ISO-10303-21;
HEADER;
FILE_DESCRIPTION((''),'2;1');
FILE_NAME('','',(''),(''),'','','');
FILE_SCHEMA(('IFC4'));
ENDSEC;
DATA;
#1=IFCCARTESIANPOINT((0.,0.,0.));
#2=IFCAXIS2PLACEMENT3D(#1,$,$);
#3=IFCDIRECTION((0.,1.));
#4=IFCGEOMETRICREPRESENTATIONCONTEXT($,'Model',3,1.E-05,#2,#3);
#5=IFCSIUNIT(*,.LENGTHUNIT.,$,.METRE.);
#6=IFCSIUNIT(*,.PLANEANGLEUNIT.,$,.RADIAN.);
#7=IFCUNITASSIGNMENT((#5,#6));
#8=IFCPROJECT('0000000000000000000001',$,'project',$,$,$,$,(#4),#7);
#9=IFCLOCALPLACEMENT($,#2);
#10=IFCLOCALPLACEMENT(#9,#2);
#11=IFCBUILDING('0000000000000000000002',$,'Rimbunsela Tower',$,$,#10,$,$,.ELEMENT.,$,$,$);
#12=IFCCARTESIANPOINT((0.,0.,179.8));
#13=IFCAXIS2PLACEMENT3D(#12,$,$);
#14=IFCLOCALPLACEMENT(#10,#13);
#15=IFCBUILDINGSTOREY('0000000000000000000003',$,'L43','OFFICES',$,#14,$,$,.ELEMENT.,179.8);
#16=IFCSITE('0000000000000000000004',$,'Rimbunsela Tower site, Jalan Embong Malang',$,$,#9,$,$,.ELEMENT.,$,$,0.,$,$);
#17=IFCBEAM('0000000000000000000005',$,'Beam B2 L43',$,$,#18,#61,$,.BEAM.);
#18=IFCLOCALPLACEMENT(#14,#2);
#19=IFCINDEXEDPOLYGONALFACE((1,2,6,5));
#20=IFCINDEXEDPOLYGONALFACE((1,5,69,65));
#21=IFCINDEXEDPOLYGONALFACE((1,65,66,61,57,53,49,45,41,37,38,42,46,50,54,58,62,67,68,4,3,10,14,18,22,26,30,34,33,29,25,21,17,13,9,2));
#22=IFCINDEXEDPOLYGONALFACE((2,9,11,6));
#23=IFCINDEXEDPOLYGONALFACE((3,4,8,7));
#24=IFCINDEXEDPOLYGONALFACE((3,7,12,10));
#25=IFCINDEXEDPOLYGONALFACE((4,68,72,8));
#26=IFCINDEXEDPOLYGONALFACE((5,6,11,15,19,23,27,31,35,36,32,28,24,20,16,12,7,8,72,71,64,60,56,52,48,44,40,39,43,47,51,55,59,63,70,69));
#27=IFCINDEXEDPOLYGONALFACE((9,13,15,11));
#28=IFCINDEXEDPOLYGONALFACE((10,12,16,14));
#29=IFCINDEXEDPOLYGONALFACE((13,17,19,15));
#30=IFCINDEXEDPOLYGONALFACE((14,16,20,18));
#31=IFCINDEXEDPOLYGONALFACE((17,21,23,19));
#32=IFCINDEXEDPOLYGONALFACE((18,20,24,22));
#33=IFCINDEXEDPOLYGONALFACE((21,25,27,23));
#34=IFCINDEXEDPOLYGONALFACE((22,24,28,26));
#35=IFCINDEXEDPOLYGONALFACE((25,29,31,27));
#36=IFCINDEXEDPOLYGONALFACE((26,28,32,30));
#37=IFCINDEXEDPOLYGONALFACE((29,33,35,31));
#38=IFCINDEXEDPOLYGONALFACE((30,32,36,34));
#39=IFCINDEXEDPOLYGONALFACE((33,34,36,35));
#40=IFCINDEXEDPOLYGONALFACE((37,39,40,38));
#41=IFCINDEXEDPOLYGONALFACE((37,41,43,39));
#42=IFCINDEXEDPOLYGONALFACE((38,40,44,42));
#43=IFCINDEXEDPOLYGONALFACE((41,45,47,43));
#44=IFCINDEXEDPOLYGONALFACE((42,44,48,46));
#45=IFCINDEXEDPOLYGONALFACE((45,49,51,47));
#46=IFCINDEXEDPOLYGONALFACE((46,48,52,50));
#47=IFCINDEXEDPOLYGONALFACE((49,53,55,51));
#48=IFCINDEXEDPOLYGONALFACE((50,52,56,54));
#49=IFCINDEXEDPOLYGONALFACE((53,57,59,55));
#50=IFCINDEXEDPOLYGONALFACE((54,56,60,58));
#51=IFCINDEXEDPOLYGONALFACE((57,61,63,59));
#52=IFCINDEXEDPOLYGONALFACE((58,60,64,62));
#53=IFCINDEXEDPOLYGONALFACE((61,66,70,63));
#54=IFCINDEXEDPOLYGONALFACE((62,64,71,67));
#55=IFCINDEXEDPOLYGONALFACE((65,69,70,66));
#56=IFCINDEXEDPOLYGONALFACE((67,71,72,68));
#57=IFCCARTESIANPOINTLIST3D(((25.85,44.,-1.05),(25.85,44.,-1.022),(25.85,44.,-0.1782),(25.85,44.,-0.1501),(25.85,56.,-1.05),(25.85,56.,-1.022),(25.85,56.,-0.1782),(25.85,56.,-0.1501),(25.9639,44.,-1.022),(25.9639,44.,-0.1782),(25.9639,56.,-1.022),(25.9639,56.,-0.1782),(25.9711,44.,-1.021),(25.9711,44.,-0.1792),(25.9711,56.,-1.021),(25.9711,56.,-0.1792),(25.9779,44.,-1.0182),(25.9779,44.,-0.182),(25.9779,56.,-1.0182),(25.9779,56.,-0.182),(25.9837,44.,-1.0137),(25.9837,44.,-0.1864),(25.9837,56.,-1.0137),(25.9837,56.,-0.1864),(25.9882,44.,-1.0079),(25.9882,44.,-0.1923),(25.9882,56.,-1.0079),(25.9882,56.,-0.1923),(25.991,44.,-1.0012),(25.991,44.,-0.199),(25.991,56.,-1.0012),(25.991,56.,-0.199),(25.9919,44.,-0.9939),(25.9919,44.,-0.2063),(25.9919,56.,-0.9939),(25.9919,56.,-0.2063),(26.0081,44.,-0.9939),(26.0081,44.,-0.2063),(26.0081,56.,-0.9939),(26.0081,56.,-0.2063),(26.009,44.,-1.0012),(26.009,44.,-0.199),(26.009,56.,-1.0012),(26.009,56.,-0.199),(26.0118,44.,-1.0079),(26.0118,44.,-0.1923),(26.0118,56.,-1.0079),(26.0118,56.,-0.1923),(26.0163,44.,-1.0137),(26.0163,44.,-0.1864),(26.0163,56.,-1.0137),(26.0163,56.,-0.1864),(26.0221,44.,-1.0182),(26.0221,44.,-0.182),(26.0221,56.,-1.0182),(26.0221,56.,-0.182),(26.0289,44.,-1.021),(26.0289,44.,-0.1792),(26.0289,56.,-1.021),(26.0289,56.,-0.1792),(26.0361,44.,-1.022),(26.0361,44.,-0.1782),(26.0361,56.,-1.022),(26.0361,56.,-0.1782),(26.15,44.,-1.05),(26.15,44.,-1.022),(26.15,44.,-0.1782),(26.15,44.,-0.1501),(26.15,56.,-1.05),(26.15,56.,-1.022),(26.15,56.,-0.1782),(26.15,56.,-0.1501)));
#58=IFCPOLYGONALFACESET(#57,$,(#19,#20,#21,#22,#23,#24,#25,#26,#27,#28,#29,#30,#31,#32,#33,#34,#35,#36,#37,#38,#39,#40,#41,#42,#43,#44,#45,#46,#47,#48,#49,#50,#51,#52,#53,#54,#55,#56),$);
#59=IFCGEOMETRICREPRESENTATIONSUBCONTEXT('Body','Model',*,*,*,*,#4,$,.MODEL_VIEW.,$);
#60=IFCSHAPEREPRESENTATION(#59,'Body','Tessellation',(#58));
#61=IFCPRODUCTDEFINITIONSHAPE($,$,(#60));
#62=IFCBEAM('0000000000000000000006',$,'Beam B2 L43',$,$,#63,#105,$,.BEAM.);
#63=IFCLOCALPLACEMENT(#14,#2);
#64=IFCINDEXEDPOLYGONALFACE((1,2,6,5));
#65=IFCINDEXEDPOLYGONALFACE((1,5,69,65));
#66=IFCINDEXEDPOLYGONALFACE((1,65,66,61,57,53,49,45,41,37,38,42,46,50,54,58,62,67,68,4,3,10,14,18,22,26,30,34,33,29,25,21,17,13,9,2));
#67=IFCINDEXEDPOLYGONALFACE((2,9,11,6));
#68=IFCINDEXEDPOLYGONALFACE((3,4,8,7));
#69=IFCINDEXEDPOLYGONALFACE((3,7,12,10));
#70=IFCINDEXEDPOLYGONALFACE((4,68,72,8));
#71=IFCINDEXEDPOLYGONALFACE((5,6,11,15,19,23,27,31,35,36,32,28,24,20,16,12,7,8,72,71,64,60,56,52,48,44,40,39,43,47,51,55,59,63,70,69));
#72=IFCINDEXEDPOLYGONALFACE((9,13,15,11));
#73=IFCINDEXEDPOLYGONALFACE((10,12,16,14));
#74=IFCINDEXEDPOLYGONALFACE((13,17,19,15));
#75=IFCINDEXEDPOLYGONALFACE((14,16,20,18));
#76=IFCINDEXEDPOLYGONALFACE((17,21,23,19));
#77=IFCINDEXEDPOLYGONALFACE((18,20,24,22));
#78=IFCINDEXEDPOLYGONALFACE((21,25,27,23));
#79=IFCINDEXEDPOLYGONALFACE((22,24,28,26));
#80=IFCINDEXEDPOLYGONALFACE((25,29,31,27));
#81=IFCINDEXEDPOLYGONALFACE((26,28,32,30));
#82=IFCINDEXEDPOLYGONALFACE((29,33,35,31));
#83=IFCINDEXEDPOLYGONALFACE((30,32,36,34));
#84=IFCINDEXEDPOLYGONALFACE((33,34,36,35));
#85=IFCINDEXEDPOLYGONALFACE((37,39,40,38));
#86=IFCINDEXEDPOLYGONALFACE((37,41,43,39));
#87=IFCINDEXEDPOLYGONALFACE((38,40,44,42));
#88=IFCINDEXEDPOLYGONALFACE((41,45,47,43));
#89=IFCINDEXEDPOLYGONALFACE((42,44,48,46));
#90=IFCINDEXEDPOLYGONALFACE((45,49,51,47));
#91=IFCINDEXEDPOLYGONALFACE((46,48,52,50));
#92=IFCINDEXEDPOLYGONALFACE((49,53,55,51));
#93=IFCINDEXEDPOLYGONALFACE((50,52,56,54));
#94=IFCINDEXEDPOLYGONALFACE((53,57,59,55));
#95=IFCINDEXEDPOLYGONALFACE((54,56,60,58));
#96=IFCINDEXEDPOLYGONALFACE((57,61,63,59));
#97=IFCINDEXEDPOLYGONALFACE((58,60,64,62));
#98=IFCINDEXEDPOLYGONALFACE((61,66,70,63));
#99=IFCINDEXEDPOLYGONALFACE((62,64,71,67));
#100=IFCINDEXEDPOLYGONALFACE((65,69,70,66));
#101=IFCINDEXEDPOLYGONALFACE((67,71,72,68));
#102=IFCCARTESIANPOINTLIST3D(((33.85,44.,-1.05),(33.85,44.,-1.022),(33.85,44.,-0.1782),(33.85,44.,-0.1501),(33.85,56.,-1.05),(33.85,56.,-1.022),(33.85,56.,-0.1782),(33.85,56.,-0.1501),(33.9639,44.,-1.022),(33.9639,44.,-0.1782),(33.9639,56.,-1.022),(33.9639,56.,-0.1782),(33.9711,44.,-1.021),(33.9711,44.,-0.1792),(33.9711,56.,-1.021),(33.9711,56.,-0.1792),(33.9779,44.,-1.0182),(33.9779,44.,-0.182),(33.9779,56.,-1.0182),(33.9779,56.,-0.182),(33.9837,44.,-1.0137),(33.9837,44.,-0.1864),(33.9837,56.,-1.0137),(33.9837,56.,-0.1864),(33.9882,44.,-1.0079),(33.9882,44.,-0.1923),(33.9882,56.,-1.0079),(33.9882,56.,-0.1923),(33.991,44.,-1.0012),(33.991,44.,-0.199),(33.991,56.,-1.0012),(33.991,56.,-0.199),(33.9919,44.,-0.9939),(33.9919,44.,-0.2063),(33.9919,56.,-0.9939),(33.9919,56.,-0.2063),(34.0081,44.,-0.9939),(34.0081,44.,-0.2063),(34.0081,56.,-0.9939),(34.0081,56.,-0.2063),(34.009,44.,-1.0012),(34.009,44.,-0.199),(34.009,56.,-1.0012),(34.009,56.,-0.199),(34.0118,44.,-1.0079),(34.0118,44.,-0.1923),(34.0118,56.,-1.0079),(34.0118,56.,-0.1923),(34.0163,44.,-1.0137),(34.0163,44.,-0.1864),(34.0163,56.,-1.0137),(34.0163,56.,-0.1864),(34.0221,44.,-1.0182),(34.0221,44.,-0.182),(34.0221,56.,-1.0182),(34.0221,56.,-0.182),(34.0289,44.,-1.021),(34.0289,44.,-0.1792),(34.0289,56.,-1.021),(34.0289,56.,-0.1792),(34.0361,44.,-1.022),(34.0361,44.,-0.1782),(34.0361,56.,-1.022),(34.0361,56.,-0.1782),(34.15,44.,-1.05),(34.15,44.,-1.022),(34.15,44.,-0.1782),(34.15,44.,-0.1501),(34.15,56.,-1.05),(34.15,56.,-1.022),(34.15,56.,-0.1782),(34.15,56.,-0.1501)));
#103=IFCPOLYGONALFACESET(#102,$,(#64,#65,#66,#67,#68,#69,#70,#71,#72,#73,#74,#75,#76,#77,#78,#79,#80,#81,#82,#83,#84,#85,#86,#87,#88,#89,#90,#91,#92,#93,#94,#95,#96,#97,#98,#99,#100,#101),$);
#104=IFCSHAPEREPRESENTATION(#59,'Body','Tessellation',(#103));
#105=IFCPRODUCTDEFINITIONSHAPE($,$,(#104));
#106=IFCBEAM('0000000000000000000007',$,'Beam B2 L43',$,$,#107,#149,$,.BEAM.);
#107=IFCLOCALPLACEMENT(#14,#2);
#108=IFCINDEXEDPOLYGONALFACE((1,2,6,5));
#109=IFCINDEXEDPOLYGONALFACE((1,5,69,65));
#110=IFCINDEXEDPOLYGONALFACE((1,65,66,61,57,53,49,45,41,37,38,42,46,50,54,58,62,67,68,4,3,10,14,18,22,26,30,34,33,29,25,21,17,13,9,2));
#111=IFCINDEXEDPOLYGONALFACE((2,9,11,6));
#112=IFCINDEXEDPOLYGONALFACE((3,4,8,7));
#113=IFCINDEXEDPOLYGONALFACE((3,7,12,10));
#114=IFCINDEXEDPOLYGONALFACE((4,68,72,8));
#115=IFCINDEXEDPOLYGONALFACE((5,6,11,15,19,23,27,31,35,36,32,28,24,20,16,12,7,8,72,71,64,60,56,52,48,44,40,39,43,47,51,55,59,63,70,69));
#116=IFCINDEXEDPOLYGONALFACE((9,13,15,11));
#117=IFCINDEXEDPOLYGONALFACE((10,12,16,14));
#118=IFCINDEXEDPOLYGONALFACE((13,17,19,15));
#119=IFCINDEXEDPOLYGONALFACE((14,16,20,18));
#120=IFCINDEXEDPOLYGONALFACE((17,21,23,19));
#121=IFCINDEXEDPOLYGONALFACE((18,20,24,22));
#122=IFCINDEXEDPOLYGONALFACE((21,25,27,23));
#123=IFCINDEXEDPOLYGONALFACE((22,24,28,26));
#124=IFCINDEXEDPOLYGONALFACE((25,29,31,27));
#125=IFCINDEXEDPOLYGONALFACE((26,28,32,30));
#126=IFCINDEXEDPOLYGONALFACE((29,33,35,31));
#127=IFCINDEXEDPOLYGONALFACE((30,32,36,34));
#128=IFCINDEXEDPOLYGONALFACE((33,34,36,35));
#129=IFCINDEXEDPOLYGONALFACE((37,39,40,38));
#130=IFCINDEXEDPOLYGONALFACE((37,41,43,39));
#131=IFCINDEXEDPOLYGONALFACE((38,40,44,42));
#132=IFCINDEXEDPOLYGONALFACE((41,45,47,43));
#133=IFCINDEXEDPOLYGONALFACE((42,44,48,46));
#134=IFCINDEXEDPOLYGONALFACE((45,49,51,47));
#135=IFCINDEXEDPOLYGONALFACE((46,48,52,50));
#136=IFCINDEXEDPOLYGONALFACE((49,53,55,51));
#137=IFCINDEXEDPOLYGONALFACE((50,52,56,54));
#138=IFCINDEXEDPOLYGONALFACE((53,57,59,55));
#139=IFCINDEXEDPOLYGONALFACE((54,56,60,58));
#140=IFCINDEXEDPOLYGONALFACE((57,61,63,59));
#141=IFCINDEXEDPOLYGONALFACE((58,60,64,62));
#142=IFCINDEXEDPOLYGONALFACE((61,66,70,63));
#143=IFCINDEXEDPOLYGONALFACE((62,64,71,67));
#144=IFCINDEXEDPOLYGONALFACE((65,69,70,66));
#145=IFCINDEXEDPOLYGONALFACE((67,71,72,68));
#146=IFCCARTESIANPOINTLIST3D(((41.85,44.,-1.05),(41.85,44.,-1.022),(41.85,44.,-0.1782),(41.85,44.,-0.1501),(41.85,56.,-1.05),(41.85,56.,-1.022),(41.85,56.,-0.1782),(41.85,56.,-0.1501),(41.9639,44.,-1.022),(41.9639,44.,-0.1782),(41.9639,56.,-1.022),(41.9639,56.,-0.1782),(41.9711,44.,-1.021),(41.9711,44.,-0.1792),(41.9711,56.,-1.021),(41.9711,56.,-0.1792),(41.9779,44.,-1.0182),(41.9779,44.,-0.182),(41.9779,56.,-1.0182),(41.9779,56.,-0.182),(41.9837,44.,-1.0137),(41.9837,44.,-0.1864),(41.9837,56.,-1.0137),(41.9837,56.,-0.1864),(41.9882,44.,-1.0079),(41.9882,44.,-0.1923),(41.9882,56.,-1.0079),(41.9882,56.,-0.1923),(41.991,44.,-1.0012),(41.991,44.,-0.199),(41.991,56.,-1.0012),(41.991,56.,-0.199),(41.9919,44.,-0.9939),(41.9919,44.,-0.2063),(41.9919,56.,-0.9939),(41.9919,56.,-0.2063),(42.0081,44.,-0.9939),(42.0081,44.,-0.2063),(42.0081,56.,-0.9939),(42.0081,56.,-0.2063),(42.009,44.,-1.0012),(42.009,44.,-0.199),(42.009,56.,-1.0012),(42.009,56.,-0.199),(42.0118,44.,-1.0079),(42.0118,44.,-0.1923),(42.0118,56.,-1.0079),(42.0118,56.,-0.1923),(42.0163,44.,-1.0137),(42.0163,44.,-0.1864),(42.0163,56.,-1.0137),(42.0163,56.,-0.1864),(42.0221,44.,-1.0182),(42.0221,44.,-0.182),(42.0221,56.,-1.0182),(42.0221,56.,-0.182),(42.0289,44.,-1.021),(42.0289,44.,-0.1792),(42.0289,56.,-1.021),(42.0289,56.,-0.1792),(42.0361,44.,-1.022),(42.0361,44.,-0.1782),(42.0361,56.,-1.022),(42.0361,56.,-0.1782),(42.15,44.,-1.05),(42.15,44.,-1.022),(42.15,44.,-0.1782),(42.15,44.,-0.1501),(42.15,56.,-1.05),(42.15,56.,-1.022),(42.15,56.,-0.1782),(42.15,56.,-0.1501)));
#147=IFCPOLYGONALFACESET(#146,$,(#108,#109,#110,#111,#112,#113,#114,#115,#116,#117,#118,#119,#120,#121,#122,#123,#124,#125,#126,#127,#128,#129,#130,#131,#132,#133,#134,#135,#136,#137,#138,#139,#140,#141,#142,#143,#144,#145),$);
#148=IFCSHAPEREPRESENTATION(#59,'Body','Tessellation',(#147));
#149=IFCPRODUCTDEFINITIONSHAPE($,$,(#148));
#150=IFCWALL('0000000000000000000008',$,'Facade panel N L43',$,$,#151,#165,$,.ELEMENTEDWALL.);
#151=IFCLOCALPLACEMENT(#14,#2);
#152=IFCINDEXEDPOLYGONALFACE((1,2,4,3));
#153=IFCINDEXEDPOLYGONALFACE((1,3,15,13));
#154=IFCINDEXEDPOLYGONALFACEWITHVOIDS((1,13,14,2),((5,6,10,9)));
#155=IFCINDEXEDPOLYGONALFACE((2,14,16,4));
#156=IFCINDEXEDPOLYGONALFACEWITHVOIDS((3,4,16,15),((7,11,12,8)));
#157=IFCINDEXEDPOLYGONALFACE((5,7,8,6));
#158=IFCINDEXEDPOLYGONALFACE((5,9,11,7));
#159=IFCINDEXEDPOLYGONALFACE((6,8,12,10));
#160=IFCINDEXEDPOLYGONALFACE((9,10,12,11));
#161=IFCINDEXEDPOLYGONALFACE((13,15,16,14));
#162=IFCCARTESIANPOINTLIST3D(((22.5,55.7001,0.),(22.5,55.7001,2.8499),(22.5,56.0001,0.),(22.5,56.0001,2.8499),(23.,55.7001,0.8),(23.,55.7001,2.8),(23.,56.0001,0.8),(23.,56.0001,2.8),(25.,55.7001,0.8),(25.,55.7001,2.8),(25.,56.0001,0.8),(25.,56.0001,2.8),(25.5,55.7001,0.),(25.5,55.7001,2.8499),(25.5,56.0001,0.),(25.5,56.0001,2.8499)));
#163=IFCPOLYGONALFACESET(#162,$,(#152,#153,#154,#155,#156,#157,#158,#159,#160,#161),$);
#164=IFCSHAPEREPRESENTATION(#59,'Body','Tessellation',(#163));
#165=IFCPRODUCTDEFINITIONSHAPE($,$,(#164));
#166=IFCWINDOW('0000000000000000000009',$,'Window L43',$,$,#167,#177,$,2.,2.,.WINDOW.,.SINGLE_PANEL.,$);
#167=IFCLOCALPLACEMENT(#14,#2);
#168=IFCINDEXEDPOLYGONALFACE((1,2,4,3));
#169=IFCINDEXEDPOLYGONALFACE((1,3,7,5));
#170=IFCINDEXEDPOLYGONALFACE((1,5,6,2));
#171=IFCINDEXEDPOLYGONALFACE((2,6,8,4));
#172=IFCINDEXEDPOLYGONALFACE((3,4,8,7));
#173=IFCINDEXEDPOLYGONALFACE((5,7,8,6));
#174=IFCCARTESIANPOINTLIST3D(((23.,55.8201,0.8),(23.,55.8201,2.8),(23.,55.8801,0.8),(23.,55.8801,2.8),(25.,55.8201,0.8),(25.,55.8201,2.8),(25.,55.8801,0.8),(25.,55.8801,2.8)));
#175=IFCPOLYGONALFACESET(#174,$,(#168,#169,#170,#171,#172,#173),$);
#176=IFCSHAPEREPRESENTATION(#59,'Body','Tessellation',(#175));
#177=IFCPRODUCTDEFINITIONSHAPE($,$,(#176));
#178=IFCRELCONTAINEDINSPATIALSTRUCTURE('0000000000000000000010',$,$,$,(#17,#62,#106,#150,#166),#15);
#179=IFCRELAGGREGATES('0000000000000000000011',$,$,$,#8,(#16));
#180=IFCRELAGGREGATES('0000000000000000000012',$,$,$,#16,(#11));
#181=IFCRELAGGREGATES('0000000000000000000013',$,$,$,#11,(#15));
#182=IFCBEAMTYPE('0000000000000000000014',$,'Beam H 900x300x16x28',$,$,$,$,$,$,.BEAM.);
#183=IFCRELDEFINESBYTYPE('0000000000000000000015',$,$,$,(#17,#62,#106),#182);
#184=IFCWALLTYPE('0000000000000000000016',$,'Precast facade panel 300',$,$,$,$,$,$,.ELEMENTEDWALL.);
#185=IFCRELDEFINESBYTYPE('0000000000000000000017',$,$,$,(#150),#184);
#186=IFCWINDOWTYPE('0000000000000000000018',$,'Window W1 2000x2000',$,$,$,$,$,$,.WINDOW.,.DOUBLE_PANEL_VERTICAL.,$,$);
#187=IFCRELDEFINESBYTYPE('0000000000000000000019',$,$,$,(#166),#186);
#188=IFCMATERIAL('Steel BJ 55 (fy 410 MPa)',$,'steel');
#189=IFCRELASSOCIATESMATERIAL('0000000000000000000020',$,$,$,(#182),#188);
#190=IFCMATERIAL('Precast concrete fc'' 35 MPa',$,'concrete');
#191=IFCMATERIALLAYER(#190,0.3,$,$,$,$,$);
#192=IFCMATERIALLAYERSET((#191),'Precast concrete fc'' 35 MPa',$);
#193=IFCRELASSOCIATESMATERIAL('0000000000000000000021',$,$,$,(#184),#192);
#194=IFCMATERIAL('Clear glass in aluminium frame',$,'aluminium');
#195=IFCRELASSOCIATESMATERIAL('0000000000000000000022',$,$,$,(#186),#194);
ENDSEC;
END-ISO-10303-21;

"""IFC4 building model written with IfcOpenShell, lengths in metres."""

from ifc_helpers import new_model, si_unit, direction, frame, frame_2d, origin, origin_2d, place, context, subcontext, project, spatial, rectangle, i_section, extrude, material, layer, layer_set, material_profile, profile_set, type_object, element, fill, save


model = new_model("IFC4")

# Units and contexts
model_context = context("Model", 3, precision=1e-05, world=origin(), true_north=direction((0.0, 1.0)))
body_context = subcontext(model_context, "Body", "Model", "MODEL_VIEW")
ifc_project = project(units=[si_unit("LENGTHUNIT", "METRE"), si_unit("PLANEANGLEUNIT", "RADIAN")], contexts=[model_context])

# Site, building, storey
site_placement = place(None, origin())
site = spatial("IfcSite", under=ifc_project, at=site_placement, Name="Rimbunsela Tower site, Jalan Embong Malang", CompositionType="ELEMENT", RefElevation=0.0)
building_placement = place(site_placement, origin())
building = spatial("IfcBuilding", under=site, at=building_placement, Name="Rimbunsela Tower", CompositionType="ELEMENT")
storey_placement = place(building_placement, frame((0.0, 0.0, 179.8)))
storey = spatial("IfcBuildingStorey", under=building, at=storey_placement, Name="L43", Description="OFFICES", CompositionType="ELEMENT", Elevation=179.8)

# Beams
ifc_material_1 = material(Name="Steel BJ 55 (fy 410 MPa)", Category="steel")
ifc_material_profile_1 = material_profile(ifc_material_1, i_section(OverallWidth=0.3, OverallDepth=0.8999, WebThickness=0.0161, FlangeThickness=0.0281, FilletRadius=0.0281, at=origin_2d()), Name="H 900x300x16x28")
ifc_profile_set_1 = profile_set([ifc_material_profile_1], Name="Steel BJ 55 (fy 410 MPa)")
beam_type_1 = type_object("IfcBeamType", Name="Beam H 900x300x16x28", PredefinedType="BEAM", material=ifc_profile_set_1)
for number, where, z_axis, x_axis, name in (
    (1, (26.0, 44.0, -0.6001), (0.0, 1.0, 0.0), (-1.0, 0.0, 0.0), "Beam B2 L43"),
    (2, (34.0, 44.0, -0.6001), (0.0, 1.0, 0.0), (-1.0, 0.0, 0.0), "Beam B2 L43"),
    (3, (42.0, 44.0, -0.6001), (0.0, 1.0, 0.0), (-1.0, 0.0, 0.0), "Beam B2 L43"),
):
    element("IfcBeam", number, at=place(storey_placement, frame(where, z_axis=z_axis, x_axis=x_axis)), inside=storey, type_object=beam_type_1, Name=name, PredefinedType="BEAM", context=body_context, shape_type="SweptSolid", body=[
        extrude(i_section(OverallWidth=0.3, OverallDepth=0.8999, WebThickness=0.0161, FlangeThickness=0.0281, FilletRadius=0.0281, at=origin_2d()), origin(), (0.0, 0.0, 1.0), 12.0),
    ])

# Wall, opening, window
ifc_material_2 = material(Name="Precast concrete fc' 35 MPa", Category="concrete")
ifc_layer_1 = layer(ifc_material_2, 0.3)
ifc_layer_set_1 = layer_set([ifc_layer_1], Name="Precast concrete fc' 35 MPa")
wall_type_1 = type_object("IfcWallType", Name="Precast facade panel 300", PredefinedType="ELEMENTEDWALL", material=ifc_layer_set_1)
wall_1_placement = place(storey_placement, frame((25.5, 55.8501, 0.0), z_axis=(0.0, 0.0, 1.0), x_axis=(-1.0, 0.0, 0.0)))
wall_1 = element("IfcWall", 4, at=wall_1_placement, inside=storey, type_object=wall_type_1, Name="Facade panel N L43", PredefinedType="ELEMENTEDWALL", context=body_context, shape_type="SweptSolid", body=[
    extrude(rectangle(XDim=3.0, YDim=0.3, at=frame_2d((1.5, 0.0))), origin(), (0.0, 0.0, 1.0), 2.8499),
])
opening_1_placement = place(wall_1_placement, frame((0.5, 0.0, 0.8)))
opening_1 = element("IfcOpeningElement", 5, at=opening_1_placement, cuts=wall_1, PredefinedType="OPENING", context=body_context, shape_type="SweptSolid", body=[
    extrude(rectangle(XDim=2.0, YDim=2.0, at=frame_2d((1.0, 1.0))), frame((0.0, 0.1599, 0.0), z_axis=(0.0, -1.0, 0.0), x_axis=(1.0, 0.0, 0.0)), (0.0, 0.0, 1.0), 0.3201),
])
ifc_material_3 = material(Name="Clear glass in aluminium frame", Category="aluminium")
window_type_1 = type_object("IfcWindowType", Name="Window W1 2000x2000", PartitioningType="DOUBLE_PANEL_VERTICAL", PredefinedType="WINDOW", material=ifc_material_3)
window_1_placement = place(opening_1_placement, origin())
window_1 = element("IfcWindow", 6, at=window_1_placement, inside=storey, type_object=window_type_1, Name="Window L43", OverallHeight=2.0, OverallWidth=2.0, PartitioningType="SINGLE_PANEL", PredefinedType="WINDOW", context=body_context, shape_type="SweptSolid", body=[
    extrude(rectangle(XDim=2.0, YDim=2.0, at=frame_2d((1.0, 1.0))), frame((0.0, 0.03, 0.0), z_axis=(0.0, -1.0, 0.0), x_axis=(1.0, 0.0, 0.0)), (0.0, 0.0, 1.0), 0.0601),
])
fill(opening_1, window_1)

save(model, "model.ifc")
